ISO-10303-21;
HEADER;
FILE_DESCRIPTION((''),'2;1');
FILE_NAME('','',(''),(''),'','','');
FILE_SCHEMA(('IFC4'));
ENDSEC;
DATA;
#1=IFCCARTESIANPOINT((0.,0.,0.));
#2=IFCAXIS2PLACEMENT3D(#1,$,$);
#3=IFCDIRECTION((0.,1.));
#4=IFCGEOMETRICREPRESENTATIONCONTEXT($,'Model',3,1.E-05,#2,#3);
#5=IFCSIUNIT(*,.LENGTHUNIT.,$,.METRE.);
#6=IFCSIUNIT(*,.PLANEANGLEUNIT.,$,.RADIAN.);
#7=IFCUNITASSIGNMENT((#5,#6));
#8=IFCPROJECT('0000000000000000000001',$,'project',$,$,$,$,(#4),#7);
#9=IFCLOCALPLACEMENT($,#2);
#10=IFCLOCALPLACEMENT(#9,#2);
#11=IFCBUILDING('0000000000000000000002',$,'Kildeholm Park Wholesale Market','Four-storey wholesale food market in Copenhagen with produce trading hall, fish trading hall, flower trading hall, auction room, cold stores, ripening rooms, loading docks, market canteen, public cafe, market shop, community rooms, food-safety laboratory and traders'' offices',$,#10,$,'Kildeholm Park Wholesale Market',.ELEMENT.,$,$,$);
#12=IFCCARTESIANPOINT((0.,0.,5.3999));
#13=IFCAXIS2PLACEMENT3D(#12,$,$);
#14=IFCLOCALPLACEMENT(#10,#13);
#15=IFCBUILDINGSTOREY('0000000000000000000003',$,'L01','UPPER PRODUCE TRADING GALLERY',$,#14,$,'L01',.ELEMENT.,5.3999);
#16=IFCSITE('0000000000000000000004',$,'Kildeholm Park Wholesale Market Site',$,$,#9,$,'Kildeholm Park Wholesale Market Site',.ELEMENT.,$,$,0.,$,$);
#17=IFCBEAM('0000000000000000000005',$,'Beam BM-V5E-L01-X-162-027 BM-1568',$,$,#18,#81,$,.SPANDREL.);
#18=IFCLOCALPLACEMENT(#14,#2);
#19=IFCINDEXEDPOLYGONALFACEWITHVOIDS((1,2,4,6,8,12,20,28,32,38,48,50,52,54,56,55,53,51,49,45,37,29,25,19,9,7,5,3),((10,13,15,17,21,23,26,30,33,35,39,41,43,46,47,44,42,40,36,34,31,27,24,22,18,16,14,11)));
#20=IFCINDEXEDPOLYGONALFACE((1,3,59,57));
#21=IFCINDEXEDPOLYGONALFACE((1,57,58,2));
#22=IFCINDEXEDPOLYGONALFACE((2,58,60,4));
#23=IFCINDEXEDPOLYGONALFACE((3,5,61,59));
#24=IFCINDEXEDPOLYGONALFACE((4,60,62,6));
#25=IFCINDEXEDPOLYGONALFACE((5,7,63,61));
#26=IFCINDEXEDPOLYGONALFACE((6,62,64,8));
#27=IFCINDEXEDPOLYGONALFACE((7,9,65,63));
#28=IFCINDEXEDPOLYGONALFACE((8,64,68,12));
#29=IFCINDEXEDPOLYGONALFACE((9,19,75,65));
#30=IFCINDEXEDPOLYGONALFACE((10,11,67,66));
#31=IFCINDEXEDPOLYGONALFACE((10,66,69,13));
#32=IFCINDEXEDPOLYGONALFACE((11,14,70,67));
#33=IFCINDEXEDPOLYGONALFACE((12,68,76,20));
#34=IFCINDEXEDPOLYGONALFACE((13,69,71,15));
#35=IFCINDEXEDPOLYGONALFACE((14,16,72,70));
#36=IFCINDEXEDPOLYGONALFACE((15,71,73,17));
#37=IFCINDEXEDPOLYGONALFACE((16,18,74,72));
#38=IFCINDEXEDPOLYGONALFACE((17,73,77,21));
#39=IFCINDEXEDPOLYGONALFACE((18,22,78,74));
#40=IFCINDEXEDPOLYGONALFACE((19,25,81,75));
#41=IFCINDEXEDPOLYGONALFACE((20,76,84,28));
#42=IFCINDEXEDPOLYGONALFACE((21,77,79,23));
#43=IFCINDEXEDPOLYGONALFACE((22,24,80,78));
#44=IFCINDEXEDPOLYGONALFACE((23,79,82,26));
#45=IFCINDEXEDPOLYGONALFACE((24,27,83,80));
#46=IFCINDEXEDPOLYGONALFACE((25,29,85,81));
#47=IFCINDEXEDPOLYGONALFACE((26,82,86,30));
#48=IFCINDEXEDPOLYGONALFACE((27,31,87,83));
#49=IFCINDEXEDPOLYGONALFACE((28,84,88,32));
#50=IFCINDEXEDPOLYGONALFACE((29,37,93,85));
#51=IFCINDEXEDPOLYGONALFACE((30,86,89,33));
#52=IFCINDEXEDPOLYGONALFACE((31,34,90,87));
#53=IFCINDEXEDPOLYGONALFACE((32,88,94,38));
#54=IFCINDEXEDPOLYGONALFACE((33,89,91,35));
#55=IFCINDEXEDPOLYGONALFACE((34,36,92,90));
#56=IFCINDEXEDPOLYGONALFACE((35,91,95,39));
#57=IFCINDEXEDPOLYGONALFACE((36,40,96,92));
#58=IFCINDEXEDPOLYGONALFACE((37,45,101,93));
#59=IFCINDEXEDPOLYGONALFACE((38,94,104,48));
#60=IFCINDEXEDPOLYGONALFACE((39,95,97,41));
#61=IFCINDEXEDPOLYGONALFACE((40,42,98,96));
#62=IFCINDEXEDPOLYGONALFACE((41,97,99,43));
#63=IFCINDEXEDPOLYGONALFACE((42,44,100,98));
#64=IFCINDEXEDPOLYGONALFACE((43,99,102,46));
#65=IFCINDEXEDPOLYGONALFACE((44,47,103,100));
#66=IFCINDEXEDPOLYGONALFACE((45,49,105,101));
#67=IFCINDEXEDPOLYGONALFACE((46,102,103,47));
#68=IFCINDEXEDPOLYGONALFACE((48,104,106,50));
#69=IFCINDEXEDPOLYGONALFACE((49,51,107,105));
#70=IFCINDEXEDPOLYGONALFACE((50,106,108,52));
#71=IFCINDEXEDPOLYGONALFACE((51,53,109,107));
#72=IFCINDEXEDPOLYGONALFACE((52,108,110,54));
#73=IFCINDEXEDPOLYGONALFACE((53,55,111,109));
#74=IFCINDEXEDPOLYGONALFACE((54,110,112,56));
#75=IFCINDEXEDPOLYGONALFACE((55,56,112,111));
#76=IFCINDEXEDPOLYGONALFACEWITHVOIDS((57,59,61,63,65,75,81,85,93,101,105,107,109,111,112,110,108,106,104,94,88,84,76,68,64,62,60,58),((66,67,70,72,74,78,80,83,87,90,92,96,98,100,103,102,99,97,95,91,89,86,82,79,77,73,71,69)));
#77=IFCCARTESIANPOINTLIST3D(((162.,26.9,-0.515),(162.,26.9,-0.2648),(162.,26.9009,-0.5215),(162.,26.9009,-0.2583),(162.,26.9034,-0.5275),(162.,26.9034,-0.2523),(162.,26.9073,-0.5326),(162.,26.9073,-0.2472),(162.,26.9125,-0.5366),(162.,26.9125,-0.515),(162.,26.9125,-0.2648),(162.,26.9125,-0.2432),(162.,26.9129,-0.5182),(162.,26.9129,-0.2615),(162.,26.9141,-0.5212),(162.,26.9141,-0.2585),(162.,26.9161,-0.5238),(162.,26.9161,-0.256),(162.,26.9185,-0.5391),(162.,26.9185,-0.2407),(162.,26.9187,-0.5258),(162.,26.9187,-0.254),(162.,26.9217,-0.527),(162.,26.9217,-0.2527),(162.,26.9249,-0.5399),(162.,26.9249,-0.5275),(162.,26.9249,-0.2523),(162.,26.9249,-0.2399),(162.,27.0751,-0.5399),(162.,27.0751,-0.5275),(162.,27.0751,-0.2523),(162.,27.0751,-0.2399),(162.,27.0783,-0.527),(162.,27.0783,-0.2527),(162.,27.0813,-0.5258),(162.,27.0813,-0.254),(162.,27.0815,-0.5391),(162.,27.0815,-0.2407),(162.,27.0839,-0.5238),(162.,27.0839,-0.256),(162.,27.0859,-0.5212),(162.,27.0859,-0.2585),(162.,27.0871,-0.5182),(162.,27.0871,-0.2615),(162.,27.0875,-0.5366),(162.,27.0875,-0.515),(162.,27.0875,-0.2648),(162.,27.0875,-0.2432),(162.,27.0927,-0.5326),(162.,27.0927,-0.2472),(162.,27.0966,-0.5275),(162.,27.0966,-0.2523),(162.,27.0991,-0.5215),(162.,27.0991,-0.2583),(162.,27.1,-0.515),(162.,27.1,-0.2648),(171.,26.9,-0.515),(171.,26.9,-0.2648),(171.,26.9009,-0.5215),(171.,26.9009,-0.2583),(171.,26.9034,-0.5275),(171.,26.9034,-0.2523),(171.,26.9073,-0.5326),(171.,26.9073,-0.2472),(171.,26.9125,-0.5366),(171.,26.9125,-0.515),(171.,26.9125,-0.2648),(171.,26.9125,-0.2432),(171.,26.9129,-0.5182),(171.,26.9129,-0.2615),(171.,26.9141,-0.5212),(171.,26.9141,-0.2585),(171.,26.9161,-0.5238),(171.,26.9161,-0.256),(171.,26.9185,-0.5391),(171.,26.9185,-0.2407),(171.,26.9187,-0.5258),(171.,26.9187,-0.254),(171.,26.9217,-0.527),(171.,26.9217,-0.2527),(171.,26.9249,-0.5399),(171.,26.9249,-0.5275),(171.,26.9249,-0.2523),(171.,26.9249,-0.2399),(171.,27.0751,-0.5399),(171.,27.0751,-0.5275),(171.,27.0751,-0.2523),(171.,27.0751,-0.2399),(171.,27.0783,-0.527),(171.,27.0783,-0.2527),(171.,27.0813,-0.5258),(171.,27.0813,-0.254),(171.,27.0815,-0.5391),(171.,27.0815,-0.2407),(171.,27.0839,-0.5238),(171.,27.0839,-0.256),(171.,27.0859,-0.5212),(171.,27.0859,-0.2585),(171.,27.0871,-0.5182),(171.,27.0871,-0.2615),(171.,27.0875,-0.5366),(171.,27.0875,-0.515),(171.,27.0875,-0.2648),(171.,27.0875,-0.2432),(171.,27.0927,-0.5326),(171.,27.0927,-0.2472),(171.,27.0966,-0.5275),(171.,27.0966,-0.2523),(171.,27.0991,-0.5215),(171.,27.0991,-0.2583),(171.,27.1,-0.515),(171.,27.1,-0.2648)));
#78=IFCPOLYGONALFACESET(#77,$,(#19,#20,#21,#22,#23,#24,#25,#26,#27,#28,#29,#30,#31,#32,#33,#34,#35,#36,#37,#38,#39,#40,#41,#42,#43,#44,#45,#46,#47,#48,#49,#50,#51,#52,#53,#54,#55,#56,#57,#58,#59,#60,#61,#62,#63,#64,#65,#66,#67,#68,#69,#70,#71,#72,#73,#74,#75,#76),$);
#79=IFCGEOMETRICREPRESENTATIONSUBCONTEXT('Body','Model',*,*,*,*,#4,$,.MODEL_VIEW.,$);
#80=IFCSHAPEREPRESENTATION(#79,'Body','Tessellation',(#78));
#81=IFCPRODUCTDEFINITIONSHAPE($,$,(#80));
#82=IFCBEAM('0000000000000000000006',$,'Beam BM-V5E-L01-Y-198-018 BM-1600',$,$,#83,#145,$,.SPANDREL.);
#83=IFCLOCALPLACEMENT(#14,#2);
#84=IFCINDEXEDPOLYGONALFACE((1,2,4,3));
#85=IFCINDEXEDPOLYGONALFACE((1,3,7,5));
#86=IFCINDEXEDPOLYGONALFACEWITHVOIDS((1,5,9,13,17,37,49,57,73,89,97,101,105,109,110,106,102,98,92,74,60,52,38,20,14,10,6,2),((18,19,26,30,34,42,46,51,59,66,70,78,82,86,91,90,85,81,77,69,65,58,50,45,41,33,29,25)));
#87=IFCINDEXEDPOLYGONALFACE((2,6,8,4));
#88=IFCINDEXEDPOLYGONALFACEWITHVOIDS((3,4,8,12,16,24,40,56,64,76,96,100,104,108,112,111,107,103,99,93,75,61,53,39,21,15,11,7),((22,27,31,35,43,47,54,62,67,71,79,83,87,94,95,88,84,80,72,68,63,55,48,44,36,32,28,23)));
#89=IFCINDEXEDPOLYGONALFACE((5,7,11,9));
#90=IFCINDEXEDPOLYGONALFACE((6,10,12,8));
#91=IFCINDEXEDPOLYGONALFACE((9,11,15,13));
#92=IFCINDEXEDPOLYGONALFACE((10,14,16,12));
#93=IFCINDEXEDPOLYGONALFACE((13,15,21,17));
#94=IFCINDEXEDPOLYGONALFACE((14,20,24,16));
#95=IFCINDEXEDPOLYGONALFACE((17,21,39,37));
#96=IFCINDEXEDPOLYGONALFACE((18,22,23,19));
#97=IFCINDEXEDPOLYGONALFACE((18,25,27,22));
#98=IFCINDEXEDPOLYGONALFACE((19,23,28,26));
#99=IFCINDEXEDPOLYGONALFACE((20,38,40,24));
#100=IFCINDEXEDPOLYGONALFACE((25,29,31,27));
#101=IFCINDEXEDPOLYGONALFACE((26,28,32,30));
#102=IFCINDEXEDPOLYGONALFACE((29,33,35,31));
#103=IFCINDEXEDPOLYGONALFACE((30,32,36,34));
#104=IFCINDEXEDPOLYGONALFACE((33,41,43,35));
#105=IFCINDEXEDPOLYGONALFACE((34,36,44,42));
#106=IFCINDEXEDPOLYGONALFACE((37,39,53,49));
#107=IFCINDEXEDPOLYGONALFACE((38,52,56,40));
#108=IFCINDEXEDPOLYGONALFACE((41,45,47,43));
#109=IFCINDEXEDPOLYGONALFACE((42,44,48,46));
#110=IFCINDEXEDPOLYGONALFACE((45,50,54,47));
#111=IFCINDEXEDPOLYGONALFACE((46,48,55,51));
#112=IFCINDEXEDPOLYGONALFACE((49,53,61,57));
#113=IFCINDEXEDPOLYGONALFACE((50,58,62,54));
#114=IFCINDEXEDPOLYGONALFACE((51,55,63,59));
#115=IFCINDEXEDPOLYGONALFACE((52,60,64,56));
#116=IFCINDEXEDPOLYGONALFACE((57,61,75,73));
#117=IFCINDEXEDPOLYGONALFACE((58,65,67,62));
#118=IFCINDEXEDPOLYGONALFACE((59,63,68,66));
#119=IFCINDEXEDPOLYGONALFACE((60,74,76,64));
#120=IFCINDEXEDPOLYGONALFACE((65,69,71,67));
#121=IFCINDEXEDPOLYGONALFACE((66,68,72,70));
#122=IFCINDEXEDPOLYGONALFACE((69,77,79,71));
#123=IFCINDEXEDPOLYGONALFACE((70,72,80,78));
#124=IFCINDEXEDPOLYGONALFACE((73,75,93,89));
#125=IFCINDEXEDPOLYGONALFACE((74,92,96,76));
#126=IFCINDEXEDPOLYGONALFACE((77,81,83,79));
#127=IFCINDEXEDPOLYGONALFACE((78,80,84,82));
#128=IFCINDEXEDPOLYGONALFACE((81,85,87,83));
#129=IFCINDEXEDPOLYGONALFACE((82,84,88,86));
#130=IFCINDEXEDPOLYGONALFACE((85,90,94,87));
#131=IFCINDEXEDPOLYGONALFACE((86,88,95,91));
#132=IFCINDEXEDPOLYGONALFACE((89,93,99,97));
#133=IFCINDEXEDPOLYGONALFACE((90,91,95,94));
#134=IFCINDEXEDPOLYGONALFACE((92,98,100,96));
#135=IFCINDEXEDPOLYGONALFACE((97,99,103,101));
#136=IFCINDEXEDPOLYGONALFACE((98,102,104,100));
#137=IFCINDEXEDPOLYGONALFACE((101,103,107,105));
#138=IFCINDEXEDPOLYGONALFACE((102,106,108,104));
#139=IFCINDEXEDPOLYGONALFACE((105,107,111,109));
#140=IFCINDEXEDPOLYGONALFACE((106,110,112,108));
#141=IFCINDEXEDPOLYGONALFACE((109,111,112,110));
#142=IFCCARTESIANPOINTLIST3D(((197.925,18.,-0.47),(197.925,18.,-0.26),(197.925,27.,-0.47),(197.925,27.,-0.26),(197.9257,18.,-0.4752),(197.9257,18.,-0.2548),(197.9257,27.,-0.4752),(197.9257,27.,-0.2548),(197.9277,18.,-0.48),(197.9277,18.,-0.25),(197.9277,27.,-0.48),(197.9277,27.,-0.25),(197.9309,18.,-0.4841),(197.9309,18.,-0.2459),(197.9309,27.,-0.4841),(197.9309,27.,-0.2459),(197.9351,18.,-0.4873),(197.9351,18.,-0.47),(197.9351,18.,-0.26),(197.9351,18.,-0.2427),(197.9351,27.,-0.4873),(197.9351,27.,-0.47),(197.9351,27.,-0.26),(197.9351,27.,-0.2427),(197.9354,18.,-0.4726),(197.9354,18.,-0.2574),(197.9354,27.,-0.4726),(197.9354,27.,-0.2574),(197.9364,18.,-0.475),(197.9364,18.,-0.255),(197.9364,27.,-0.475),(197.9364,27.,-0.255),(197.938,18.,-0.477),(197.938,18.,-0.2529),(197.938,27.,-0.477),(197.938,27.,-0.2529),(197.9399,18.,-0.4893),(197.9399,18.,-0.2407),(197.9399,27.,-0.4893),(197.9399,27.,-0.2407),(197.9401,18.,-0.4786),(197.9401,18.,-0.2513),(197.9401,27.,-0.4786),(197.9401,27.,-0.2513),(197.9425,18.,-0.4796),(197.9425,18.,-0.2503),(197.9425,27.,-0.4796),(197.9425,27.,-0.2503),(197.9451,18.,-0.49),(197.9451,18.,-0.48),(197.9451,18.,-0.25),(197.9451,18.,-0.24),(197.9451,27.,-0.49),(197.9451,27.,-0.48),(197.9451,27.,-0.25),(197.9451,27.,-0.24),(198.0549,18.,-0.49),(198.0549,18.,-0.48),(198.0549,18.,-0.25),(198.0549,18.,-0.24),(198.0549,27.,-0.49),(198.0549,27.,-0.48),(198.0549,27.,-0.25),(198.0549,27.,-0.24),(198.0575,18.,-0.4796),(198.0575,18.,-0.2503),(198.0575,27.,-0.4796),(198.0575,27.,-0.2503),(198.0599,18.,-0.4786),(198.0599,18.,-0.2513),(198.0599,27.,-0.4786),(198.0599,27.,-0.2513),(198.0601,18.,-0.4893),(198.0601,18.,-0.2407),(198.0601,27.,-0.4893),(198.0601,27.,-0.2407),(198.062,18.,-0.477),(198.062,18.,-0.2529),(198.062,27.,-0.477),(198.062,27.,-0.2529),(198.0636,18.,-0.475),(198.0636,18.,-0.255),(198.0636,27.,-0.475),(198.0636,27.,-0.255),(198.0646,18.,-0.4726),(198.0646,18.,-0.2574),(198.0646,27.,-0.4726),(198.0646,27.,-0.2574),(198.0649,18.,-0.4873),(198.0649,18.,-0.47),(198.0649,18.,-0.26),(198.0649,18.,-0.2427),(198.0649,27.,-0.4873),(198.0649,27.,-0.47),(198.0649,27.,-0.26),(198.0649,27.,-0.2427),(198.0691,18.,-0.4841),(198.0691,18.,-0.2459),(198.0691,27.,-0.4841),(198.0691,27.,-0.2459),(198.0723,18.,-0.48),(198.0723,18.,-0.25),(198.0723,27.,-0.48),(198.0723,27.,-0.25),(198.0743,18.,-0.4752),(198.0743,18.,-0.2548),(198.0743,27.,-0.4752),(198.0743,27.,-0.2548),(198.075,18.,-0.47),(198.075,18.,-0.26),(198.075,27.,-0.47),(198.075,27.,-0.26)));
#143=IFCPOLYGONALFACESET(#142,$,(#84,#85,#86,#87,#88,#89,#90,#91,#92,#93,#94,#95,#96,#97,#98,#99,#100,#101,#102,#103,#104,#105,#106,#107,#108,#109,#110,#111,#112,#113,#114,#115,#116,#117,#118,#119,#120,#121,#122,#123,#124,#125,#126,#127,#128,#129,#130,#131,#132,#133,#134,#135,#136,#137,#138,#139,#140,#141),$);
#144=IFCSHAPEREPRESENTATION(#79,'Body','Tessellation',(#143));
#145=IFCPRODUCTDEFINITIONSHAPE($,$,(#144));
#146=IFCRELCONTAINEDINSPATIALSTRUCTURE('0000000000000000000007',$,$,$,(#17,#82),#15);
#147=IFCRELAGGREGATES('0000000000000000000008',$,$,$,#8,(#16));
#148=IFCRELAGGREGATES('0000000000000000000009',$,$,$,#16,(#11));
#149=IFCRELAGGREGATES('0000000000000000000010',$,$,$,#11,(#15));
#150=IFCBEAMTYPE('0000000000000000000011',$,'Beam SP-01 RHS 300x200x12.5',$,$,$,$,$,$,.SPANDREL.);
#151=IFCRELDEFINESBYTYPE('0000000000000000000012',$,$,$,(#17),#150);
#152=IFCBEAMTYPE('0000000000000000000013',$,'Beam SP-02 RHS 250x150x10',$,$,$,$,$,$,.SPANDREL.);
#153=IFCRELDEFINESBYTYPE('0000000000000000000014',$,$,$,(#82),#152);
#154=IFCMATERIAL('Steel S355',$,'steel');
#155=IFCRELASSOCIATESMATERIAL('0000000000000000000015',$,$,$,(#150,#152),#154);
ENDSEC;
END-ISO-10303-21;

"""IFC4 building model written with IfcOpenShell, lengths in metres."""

from ifc_helpers import new_model, si_unit, direction, frame, origin, origin_2d, place, context, subcontext, project, spatial, hollow_rectangle, extrude, material, material_profile, profile_set, type_object, element, save


model = new_model("IFC4")

# Units and contexts
model_context = context("Model", 3, precision=1e-05, world=origin(), true_north=direction((0.0, 1.0)))
body_context = subcontext(model_context, "Body", "Model", "MODEL_VIEW")
ifc_project = project(units=[si_unit("LENGTHUNIT", "METRE"), si_unit("PLANEANGLEUNIT", "RADIAN")], contexts=[model_context])

# Site, building, storey
site_placement = place(None, origin())
site = spatial("IfcSite", under=ifc_project, at=site_placement, Name="Kildeholm Park Wholesale Market Site", LongName="Kildeholm Park Wholesale Market Site", CompositionType="ELEMENT", RefElevation=0.0)
building_placement = place(site_placement, origin())
building = spatial("IfcBuilding", under=site, at=building_placement, Name="Kildeholm Park Wholesale Market", Description="Four-storey wholesale food market in Copenhagen with produce trading hall, fish trading hall, flower trading hall, auction room, cold stores, ripening rooms, loading docks, market canteen, public cafe, market shop, community rooms, food-safety laboratory and traders' offices", LongName="Kildeholm Park Wholesale Market", CompositionType="ELEMENT")
storey_placement = place(building_placement, frame((0.0, 0.0, 5.3999)))
storey = spatial("IfcBuildingStorey", under=building, at=storey_placement, Name="L01", Description="UPPER PRODUCE TRADING GALLERY", LongName="L01", CompositionType="ELEMENT", Elevation=5.3999)

# Shared definitions
ifc_material_1 = material(Name="Steel S355", Category="steel")

# Beams
ifc_material_profile_1 = material_profile(ifc_material_1, hollow_rectangle(XDim=0.2, YDim=0.3, WallThickness=0.0125, InnerFilletRadius=0.0125, OuterFilletRadius=0.0249, at=origin_2d()), Name="RHS 300x200x12.5")
ifc_profile_set_1 = profile_set([ifc_material_profile_1], Name="Steel S355")
beam_type_1 = type_object("IfcBeamType", Name="Beam SP-01 RHS 300x200x12.5", PredefinedType="SPANDREL", material=ifc_profile_set_1)
beam_1_placement = place(storey_placement, frame((162.0, 27.0, -0.3899), z_axis=(1.0, 0.0, 0.0), x_axis=(0.0, 1.0, 0.0)))
element("IfcBeam", 1, at=beam_1_placement, inside=storey, type_object=beam_type_1, Name="Beam BM-V5E-L01-X-162-027 BM-1568", PredefinedType="SPANDREL", context=body_context, shape_type="SweptSolid", body=[
    extrude(hollow_rectangle(XDim=0.2, YDim=0.3, WallThickness=0.0125, InnerFilletRadius=0.0125, OuterFilletRadius=0.0249, at=origin_2d()), origin(), (0.0, 0.0, 1.0), 9.0),
])
ifc_material_profile_2 = material_profile(ifc_material_1, hollow_rectangle(XDim=0.1499, YDim=0.25, WallThickness=0.01, InnerFilletRadius=0.01, OuterFilletRadius=0.02, at=origin_2d()), Name="RHS 250x150x10")
ifc_profile_set_2 = profile_set([ifc_material_profile_2], Name="Steel S355")
beam_type_2 = type_object("IfcBeamType", Name="Beam SP-02 RHS 250x150x10", PredefinedType="SPANDREL", material=ifc_profile_set_2)
beam_2_placement = place(storey_placement, frame((198.0, 18.0, -0.365), z_axis=(0.0, 1.0, 0.0), x_axis=(-1.0, 0.0, 0.0)))
element("IfcBeam", 2, at=beam_2_placement, inside=storey, type_object=beam_type_2, Name="Beam BM-V5E-L01-Y-198-018 BM-1600", PredefinedType="SPANDREL", context=body_context, shape_type="SweptSolid", body=[
    extrude(hollow_rectangle(XDim=0.1499, YDim=0.25, WallThickness=0.01, InnerFilletRadius=0.01, OuterFilletRadius=0.02, at=origin_2d()), origin(), (0.0, 0.0, 1.0), 9.0),
])

save(model, "model.ifc")
